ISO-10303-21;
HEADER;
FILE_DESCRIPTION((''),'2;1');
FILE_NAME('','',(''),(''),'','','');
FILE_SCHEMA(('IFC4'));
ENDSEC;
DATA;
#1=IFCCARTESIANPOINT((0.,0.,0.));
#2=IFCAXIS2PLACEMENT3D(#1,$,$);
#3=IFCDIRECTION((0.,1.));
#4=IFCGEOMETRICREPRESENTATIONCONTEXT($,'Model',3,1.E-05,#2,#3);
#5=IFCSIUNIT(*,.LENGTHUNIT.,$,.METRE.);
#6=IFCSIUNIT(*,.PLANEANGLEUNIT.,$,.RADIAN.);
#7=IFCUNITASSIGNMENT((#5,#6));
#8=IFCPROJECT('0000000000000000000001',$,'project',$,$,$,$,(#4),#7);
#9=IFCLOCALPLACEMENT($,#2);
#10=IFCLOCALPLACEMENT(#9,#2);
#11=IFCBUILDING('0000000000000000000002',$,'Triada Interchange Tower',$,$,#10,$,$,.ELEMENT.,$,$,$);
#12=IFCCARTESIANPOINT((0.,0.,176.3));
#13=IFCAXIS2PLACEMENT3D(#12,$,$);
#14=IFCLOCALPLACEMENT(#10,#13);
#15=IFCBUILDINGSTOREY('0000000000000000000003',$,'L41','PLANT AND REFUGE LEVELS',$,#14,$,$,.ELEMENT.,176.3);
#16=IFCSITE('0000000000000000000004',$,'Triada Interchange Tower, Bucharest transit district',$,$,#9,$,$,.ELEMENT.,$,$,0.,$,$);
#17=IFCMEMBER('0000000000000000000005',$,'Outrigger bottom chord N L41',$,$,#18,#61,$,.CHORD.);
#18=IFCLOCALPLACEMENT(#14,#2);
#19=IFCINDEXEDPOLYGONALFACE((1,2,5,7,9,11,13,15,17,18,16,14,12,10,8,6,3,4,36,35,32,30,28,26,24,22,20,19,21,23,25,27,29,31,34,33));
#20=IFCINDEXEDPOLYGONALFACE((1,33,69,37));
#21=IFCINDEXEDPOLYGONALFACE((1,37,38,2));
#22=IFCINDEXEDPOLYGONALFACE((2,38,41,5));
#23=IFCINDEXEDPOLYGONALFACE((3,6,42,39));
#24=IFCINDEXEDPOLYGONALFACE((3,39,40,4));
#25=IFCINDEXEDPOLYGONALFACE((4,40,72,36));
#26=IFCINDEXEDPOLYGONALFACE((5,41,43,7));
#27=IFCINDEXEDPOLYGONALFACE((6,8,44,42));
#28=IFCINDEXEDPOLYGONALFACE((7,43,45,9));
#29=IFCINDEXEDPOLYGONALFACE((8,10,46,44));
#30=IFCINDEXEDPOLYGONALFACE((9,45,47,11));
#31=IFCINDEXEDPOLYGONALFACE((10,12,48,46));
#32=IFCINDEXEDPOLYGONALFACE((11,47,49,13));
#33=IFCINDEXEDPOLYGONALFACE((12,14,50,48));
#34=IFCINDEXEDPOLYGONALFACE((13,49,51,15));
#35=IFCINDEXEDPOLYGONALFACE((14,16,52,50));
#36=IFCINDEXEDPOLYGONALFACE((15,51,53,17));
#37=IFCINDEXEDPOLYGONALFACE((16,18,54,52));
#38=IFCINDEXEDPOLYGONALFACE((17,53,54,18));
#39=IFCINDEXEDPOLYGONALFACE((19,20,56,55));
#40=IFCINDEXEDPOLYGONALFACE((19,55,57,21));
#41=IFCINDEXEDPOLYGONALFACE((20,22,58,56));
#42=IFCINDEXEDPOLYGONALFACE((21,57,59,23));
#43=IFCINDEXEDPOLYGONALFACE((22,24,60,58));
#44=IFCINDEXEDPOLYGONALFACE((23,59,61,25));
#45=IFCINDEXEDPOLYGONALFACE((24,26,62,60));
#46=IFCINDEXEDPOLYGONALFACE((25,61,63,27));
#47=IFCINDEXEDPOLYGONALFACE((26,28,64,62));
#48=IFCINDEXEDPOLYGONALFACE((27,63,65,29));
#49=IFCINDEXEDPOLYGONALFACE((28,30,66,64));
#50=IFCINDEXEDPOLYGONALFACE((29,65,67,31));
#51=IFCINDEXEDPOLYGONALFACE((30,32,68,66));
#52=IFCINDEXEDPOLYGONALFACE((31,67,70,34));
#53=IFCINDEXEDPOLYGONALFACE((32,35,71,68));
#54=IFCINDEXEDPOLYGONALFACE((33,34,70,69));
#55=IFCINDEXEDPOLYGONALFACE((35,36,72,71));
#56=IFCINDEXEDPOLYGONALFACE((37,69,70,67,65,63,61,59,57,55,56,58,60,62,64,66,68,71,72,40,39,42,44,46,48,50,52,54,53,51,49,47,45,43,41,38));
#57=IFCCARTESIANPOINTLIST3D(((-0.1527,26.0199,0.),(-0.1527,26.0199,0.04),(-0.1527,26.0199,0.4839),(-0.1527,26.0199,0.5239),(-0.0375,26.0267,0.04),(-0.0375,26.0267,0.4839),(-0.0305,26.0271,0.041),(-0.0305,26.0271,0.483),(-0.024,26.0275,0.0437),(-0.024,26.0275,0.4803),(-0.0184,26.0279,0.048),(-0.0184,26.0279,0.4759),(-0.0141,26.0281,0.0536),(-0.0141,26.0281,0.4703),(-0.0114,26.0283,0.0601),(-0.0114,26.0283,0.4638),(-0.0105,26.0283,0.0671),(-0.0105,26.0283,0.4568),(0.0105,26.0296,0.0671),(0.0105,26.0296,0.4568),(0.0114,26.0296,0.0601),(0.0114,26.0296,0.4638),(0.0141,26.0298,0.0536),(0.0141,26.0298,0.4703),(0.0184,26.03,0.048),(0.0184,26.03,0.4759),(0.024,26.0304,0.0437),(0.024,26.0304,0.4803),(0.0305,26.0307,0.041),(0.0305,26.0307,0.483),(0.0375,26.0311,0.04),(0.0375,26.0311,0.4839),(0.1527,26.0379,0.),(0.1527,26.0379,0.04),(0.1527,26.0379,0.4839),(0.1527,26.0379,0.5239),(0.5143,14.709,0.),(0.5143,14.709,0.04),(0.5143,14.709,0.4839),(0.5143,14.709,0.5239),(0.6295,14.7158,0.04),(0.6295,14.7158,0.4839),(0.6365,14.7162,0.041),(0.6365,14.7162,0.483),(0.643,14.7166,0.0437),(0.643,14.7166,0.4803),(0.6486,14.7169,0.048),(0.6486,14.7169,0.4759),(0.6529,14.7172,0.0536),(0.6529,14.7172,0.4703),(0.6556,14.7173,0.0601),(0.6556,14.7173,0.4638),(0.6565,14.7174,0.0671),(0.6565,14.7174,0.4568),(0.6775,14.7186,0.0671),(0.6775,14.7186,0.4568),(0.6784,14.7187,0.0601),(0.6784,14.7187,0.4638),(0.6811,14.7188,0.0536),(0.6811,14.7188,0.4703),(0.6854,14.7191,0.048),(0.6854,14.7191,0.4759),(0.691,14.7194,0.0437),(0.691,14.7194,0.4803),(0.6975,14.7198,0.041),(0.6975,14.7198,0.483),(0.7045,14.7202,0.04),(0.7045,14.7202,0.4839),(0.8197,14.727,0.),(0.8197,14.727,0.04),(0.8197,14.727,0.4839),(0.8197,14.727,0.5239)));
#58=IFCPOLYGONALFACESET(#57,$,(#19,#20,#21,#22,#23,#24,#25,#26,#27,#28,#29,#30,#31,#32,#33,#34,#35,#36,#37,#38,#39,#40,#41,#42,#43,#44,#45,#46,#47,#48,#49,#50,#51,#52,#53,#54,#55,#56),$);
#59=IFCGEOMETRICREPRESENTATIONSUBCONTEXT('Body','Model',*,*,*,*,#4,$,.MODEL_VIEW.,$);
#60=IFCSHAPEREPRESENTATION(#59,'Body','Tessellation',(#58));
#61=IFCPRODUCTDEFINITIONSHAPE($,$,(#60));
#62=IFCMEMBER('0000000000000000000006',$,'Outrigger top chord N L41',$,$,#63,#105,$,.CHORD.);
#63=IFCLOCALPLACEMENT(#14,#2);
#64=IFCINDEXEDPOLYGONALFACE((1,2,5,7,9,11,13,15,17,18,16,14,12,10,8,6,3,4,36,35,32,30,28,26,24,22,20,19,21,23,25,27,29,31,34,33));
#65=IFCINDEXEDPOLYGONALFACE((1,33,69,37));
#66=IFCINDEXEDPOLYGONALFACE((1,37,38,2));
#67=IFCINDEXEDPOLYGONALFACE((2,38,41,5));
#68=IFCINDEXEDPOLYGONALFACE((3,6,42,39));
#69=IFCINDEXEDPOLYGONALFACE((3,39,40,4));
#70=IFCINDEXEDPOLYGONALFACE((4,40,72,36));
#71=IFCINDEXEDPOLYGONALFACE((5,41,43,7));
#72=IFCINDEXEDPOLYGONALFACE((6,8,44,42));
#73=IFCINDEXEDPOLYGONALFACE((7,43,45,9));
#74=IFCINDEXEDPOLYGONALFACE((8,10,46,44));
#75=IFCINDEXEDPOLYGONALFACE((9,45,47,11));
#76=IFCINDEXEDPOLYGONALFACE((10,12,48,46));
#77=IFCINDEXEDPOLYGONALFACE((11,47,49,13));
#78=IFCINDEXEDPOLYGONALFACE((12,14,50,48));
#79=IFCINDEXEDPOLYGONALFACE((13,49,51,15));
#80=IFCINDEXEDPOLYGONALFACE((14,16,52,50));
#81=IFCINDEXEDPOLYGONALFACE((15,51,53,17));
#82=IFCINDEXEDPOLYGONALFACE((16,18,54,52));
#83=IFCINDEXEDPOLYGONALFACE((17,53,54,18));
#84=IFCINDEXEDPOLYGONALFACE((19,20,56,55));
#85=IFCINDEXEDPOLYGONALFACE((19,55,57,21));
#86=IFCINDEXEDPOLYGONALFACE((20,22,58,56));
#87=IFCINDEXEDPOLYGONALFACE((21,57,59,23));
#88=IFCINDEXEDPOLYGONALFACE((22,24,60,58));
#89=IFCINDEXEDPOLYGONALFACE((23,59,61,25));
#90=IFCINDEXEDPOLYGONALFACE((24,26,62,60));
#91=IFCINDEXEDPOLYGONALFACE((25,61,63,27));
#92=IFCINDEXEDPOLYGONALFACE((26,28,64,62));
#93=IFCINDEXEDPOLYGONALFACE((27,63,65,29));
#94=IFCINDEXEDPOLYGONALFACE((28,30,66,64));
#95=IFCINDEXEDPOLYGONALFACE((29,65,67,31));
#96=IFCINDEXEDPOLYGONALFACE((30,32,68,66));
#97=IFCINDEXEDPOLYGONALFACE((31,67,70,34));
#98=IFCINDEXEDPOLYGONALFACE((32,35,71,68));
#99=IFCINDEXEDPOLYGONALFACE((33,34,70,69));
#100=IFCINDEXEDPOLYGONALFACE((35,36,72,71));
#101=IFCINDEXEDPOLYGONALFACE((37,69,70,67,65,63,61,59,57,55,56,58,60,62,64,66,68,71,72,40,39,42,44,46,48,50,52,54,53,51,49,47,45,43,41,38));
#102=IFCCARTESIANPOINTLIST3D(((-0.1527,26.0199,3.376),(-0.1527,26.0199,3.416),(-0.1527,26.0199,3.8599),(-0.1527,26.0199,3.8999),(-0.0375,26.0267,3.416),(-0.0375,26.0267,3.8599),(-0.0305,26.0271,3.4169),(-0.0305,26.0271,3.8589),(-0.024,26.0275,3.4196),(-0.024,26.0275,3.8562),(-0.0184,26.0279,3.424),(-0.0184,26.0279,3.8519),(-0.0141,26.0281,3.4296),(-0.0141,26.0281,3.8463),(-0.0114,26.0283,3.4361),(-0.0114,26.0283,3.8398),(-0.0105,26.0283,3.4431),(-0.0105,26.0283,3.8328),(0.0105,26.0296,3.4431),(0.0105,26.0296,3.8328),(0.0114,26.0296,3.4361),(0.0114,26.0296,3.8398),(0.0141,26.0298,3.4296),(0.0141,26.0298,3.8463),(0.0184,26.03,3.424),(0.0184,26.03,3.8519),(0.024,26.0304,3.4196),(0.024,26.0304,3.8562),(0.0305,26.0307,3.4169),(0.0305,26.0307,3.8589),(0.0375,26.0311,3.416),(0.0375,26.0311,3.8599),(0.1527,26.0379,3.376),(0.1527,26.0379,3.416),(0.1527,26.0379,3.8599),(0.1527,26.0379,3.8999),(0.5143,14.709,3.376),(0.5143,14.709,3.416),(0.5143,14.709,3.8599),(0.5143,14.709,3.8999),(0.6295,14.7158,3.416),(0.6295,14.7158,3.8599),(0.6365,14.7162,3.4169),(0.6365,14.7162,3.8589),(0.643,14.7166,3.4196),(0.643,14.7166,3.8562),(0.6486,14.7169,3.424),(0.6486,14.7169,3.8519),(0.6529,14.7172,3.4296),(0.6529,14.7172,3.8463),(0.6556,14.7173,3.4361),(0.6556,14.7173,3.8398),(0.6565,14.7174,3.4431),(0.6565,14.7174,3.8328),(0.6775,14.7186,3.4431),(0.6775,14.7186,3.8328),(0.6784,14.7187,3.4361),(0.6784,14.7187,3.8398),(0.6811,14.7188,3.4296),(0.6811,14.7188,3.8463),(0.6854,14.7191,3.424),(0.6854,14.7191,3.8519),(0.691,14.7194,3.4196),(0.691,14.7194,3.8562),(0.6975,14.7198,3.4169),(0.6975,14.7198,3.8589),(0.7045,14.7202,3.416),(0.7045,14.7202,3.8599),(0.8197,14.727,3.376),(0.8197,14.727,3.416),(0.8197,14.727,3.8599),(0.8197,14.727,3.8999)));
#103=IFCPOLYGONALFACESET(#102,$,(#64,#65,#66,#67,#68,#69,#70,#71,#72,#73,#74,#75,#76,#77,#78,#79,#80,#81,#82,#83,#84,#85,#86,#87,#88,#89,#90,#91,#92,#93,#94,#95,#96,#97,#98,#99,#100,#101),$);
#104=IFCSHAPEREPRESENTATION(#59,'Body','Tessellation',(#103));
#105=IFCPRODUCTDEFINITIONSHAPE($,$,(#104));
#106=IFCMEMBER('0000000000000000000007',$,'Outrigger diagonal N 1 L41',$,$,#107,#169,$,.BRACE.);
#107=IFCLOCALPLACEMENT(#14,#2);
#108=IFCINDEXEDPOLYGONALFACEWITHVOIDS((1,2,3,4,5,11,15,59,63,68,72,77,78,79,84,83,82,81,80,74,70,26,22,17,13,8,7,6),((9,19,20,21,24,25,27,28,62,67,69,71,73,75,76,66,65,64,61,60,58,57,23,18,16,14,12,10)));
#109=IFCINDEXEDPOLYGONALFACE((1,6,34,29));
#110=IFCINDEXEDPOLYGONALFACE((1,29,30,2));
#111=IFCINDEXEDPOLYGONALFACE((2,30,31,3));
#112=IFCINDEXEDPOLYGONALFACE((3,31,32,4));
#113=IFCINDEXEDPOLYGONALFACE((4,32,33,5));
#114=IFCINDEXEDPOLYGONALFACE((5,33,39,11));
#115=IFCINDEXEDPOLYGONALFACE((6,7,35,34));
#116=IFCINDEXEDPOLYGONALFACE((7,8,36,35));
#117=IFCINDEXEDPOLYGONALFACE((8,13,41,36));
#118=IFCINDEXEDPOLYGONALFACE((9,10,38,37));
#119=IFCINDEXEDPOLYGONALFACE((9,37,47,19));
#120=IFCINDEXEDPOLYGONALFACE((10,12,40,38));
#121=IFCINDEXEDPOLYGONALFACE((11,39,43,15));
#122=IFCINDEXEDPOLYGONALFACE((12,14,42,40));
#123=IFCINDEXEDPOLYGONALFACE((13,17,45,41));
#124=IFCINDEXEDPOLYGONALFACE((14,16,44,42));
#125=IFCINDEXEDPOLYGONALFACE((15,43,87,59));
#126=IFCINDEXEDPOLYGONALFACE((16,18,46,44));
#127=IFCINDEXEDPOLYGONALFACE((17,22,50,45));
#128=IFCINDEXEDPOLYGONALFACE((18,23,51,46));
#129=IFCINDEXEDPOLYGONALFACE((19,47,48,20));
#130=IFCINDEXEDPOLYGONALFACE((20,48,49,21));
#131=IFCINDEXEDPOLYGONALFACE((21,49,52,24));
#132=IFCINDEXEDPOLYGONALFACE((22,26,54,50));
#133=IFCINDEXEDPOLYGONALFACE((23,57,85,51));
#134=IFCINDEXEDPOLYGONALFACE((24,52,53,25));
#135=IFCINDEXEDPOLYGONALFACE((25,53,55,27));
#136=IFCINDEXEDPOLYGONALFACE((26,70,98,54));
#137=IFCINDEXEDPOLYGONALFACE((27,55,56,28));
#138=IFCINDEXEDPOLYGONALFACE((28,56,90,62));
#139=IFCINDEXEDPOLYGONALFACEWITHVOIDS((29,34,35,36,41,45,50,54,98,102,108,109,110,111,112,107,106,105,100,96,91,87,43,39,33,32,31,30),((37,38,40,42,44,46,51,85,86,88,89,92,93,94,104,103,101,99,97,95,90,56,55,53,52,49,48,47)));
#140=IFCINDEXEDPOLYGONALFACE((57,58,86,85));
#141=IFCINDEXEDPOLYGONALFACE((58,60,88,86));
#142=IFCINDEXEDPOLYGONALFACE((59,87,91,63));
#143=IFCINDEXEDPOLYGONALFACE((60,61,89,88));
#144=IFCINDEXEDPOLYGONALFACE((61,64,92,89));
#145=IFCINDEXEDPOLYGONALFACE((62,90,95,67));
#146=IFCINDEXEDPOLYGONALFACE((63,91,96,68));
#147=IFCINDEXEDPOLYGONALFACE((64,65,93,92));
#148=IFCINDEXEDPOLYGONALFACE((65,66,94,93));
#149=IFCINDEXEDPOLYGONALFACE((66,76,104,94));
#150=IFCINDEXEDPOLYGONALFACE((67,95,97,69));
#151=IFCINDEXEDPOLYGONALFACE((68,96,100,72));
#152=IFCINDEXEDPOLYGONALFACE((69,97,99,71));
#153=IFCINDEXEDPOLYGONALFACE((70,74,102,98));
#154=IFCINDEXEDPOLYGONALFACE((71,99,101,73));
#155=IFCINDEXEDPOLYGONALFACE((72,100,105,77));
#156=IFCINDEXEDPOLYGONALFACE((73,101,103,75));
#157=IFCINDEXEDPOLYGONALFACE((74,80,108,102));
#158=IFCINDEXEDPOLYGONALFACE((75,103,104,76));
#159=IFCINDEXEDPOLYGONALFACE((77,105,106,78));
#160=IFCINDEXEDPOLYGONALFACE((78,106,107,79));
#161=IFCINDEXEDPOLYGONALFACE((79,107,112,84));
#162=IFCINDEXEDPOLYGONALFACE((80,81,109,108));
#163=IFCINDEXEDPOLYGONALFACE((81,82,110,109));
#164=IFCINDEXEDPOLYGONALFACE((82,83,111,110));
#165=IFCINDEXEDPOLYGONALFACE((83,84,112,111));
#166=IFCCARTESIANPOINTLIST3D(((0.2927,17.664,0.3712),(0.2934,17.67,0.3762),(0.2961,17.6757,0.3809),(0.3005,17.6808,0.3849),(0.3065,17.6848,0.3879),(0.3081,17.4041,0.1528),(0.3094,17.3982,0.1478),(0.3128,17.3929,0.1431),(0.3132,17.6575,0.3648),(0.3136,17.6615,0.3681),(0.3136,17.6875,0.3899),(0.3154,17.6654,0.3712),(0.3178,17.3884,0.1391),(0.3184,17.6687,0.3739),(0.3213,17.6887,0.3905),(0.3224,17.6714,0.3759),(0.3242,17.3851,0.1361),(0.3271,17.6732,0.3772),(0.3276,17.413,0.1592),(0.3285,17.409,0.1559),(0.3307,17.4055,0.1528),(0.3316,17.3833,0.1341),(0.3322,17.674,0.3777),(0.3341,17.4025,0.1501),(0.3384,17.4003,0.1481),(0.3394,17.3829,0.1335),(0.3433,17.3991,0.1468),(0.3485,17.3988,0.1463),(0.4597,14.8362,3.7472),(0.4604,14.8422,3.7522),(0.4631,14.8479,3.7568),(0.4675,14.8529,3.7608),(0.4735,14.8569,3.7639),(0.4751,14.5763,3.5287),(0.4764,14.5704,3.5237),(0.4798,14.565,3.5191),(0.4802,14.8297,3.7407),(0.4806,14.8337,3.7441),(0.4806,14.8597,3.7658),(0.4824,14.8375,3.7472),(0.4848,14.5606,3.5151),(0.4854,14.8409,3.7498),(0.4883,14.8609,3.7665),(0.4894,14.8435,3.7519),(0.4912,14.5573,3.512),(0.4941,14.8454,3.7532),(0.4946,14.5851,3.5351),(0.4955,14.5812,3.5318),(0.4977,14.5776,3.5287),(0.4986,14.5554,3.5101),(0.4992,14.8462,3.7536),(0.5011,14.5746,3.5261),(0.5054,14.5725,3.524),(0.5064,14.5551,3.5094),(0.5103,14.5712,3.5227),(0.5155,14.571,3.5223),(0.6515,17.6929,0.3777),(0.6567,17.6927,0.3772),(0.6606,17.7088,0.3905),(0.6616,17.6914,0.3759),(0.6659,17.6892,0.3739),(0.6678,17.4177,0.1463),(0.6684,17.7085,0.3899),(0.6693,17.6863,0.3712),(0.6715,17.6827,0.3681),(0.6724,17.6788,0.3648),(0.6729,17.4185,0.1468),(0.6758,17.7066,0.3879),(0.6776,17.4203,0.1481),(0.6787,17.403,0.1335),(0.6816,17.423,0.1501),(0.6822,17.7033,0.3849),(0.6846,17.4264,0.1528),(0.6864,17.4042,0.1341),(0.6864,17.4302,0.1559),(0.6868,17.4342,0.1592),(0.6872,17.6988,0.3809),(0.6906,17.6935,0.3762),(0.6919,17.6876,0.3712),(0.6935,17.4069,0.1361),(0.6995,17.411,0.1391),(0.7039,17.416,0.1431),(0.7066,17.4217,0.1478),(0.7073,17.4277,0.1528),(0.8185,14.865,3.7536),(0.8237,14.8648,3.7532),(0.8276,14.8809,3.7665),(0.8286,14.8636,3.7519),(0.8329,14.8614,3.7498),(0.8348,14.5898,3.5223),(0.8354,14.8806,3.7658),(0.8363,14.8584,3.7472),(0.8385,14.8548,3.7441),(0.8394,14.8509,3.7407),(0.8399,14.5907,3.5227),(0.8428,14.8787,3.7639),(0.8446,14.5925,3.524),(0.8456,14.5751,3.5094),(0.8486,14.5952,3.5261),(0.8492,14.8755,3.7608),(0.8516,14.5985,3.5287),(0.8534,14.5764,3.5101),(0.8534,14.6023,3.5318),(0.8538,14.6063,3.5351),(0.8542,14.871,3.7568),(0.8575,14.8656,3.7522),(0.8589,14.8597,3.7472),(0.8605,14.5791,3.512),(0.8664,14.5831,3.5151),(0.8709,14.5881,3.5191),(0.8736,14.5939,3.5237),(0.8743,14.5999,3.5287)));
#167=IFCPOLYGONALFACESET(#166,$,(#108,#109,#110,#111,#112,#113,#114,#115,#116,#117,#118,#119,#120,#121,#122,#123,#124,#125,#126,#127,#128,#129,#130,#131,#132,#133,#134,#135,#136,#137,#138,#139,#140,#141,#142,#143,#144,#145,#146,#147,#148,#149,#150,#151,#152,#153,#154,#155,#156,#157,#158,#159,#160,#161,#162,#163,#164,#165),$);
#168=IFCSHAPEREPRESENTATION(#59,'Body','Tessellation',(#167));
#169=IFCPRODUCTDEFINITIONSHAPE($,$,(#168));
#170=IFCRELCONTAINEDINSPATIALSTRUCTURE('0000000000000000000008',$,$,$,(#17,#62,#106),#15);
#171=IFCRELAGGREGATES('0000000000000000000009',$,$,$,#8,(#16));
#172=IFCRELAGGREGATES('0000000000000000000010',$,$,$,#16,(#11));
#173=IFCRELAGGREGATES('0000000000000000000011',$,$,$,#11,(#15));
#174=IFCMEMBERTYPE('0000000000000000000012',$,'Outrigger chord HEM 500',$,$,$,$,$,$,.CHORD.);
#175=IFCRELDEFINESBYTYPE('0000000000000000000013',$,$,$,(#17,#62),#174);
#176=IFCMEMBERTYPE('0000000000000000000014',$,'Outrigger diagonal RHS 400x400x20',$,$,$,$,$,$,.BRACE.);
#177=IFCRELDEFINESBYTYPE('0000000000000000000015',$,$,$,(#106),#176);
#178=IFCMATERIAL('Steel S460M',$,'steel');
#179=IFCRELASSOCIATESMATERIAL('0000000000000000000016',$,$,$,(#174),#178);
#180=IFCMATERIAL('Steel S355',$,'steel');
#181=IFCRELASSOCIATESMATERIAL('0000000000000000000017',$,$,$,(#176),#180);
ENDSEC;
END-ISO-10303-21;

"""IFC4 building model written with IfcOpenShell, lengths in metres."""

from ifc_helpers import new_model, si_unit, direction, frame, origin, origin_2d, place, context, subcontext, project, spatial, hollow_rectangle, i_section, extrude, material, material_profile, profile_set, type_object, element, save


model = new_model("IFC4")

# Units and contexts
model_context = context("Model", 3, precision=1e-05, world=origin(), true_north=direction((0.0, 1.0)))
body_context = subcontext(model_context, "Body", "Model", "MODEL_VIEW")
ifc_project = project(units=[si_unit("LENGTHUNIT", "METRE"), si_unit("PLANEANGLEUNIT", "RADIAN")], contexts=[model_context])

# Site, building, storey
site_placement = place(None, origin())
site = spatial("IfcSite", under=ifc_project, at=site_placement, Name="Triada Interchange Tower, Bucharest transit district", CompositionType="ELEMENT", RefElevation=0.0)
building_placement = place(site_placement, origin())
building = spatial("IfcBuilding", under=site, at=building_placement, Name="Triada Interchange Tower", CompositionType="ELEMENT")
storey_placement = place(building_placement, frame((0.0, 0.0, 176.3)))
storey = spatial("IfcBuildingStorey", under=building, at=storey_placement, Name="L41", Description="PLANT AND REFUGE LEVELS", CompositionType="ELEMENT", Elevation=176.3)

# Shared definitions
ifc_material_1 = material(Name="Steel S355", Category="steel")

# Members
ifc_material_2 = material(Name="Steel S460M", Category="steel")
ifc_material_profile_1 = material_profile(ifc_material_2, i_section(OverallWidth=0.3059, OverallDepth=0.5239, WebThickness=0.021, FlangeThickness=0.04, FilletRadius=0.0271, at=origin_2d()), Name="HEM 500")
ifc_profile_set_1 = profile_set([ifc_material_profile_1], Name="Steel S460M")
member_type_1 = type_object("IfcMemberType", Name="Outrigger chord HEM 500", PredefinedType="CHORD", material=ifc_profile_set_1)
for number, where, z_axis, x_axis, name in (
    (1, (0.667, 14.718, 0.262), (-0.058866, 0.998266, 0.0), (-0.998266, -0.058866, 0.0), "Outrigger bottom chord N L41"),
    (2, (0.667, 14.718, 3.6379), (-0.058866, 0.998266, 0.0), (-0.998266, -0.058866, 0.0), "Outrigger top chord N L41"),
):
    element("IfcMember", number, at=place(storey_placement, frame(where, z_axis=z_axis, x_axis=x_axis)), inside=storey, type_object=member_type_1, Name=name, PredefinedType="CHORD", context=body_context, shape_type="SweptSolid", body=[
        extrude(i_section(OverallWidth=0.3059, OverallDepth=0.5239, WebThickness=0.021, FlangeThickness=0.04, FilletRadius=0.0271, at=origin_2d()), origin(), (0.0, 0.0, 1.0), 11.3306),
    ])
ifc_material_profile_2 = material_profile(ifc_material_1, hollow_rectangle(XDim=0.3999, YDim=0.3999, WallThickness=0.02, InnerFilletRadius=0.02, OuterFilletRadius=0.03, at=origin_2d()), Name="RHS 400x400x20")
ifc_profile_set_2 = profile_set([ifc_material_profile_2], Name="Steel S355")
member_type_2 = type_object("IfcMemberType", Name="Outrigger diagonal RHS 400x400x20", PredefinedType="BRACE", material=ifc_profile_set_2)
member_1_placement = place(storey_placement, frame((0.667, 14.718, 3.6379), z_axis=(-0.037892, 0.641673, -0.766041), x_axis=(-0.998261, -0.058949, 0.0)))
element("IfcMember", 3, at=member_1_placement, inside=storey, type_object=member_type_2, Name="Outrigger diagonal N 1 L41", PredefinedType="BRACE", context=body_context, shape_type="SweptSolid", body=[
    extrude(hollow_rectangle(XDim=0.3999, YDim=0.3999, WallThickness=0.02, InnerFilletRadius=0.02, OuterFilletRadius=0.03, at=origin_2d()), origin(), (0.0, 0.0, 1.0), 4.407),
])

save(model, "model.ifc")
